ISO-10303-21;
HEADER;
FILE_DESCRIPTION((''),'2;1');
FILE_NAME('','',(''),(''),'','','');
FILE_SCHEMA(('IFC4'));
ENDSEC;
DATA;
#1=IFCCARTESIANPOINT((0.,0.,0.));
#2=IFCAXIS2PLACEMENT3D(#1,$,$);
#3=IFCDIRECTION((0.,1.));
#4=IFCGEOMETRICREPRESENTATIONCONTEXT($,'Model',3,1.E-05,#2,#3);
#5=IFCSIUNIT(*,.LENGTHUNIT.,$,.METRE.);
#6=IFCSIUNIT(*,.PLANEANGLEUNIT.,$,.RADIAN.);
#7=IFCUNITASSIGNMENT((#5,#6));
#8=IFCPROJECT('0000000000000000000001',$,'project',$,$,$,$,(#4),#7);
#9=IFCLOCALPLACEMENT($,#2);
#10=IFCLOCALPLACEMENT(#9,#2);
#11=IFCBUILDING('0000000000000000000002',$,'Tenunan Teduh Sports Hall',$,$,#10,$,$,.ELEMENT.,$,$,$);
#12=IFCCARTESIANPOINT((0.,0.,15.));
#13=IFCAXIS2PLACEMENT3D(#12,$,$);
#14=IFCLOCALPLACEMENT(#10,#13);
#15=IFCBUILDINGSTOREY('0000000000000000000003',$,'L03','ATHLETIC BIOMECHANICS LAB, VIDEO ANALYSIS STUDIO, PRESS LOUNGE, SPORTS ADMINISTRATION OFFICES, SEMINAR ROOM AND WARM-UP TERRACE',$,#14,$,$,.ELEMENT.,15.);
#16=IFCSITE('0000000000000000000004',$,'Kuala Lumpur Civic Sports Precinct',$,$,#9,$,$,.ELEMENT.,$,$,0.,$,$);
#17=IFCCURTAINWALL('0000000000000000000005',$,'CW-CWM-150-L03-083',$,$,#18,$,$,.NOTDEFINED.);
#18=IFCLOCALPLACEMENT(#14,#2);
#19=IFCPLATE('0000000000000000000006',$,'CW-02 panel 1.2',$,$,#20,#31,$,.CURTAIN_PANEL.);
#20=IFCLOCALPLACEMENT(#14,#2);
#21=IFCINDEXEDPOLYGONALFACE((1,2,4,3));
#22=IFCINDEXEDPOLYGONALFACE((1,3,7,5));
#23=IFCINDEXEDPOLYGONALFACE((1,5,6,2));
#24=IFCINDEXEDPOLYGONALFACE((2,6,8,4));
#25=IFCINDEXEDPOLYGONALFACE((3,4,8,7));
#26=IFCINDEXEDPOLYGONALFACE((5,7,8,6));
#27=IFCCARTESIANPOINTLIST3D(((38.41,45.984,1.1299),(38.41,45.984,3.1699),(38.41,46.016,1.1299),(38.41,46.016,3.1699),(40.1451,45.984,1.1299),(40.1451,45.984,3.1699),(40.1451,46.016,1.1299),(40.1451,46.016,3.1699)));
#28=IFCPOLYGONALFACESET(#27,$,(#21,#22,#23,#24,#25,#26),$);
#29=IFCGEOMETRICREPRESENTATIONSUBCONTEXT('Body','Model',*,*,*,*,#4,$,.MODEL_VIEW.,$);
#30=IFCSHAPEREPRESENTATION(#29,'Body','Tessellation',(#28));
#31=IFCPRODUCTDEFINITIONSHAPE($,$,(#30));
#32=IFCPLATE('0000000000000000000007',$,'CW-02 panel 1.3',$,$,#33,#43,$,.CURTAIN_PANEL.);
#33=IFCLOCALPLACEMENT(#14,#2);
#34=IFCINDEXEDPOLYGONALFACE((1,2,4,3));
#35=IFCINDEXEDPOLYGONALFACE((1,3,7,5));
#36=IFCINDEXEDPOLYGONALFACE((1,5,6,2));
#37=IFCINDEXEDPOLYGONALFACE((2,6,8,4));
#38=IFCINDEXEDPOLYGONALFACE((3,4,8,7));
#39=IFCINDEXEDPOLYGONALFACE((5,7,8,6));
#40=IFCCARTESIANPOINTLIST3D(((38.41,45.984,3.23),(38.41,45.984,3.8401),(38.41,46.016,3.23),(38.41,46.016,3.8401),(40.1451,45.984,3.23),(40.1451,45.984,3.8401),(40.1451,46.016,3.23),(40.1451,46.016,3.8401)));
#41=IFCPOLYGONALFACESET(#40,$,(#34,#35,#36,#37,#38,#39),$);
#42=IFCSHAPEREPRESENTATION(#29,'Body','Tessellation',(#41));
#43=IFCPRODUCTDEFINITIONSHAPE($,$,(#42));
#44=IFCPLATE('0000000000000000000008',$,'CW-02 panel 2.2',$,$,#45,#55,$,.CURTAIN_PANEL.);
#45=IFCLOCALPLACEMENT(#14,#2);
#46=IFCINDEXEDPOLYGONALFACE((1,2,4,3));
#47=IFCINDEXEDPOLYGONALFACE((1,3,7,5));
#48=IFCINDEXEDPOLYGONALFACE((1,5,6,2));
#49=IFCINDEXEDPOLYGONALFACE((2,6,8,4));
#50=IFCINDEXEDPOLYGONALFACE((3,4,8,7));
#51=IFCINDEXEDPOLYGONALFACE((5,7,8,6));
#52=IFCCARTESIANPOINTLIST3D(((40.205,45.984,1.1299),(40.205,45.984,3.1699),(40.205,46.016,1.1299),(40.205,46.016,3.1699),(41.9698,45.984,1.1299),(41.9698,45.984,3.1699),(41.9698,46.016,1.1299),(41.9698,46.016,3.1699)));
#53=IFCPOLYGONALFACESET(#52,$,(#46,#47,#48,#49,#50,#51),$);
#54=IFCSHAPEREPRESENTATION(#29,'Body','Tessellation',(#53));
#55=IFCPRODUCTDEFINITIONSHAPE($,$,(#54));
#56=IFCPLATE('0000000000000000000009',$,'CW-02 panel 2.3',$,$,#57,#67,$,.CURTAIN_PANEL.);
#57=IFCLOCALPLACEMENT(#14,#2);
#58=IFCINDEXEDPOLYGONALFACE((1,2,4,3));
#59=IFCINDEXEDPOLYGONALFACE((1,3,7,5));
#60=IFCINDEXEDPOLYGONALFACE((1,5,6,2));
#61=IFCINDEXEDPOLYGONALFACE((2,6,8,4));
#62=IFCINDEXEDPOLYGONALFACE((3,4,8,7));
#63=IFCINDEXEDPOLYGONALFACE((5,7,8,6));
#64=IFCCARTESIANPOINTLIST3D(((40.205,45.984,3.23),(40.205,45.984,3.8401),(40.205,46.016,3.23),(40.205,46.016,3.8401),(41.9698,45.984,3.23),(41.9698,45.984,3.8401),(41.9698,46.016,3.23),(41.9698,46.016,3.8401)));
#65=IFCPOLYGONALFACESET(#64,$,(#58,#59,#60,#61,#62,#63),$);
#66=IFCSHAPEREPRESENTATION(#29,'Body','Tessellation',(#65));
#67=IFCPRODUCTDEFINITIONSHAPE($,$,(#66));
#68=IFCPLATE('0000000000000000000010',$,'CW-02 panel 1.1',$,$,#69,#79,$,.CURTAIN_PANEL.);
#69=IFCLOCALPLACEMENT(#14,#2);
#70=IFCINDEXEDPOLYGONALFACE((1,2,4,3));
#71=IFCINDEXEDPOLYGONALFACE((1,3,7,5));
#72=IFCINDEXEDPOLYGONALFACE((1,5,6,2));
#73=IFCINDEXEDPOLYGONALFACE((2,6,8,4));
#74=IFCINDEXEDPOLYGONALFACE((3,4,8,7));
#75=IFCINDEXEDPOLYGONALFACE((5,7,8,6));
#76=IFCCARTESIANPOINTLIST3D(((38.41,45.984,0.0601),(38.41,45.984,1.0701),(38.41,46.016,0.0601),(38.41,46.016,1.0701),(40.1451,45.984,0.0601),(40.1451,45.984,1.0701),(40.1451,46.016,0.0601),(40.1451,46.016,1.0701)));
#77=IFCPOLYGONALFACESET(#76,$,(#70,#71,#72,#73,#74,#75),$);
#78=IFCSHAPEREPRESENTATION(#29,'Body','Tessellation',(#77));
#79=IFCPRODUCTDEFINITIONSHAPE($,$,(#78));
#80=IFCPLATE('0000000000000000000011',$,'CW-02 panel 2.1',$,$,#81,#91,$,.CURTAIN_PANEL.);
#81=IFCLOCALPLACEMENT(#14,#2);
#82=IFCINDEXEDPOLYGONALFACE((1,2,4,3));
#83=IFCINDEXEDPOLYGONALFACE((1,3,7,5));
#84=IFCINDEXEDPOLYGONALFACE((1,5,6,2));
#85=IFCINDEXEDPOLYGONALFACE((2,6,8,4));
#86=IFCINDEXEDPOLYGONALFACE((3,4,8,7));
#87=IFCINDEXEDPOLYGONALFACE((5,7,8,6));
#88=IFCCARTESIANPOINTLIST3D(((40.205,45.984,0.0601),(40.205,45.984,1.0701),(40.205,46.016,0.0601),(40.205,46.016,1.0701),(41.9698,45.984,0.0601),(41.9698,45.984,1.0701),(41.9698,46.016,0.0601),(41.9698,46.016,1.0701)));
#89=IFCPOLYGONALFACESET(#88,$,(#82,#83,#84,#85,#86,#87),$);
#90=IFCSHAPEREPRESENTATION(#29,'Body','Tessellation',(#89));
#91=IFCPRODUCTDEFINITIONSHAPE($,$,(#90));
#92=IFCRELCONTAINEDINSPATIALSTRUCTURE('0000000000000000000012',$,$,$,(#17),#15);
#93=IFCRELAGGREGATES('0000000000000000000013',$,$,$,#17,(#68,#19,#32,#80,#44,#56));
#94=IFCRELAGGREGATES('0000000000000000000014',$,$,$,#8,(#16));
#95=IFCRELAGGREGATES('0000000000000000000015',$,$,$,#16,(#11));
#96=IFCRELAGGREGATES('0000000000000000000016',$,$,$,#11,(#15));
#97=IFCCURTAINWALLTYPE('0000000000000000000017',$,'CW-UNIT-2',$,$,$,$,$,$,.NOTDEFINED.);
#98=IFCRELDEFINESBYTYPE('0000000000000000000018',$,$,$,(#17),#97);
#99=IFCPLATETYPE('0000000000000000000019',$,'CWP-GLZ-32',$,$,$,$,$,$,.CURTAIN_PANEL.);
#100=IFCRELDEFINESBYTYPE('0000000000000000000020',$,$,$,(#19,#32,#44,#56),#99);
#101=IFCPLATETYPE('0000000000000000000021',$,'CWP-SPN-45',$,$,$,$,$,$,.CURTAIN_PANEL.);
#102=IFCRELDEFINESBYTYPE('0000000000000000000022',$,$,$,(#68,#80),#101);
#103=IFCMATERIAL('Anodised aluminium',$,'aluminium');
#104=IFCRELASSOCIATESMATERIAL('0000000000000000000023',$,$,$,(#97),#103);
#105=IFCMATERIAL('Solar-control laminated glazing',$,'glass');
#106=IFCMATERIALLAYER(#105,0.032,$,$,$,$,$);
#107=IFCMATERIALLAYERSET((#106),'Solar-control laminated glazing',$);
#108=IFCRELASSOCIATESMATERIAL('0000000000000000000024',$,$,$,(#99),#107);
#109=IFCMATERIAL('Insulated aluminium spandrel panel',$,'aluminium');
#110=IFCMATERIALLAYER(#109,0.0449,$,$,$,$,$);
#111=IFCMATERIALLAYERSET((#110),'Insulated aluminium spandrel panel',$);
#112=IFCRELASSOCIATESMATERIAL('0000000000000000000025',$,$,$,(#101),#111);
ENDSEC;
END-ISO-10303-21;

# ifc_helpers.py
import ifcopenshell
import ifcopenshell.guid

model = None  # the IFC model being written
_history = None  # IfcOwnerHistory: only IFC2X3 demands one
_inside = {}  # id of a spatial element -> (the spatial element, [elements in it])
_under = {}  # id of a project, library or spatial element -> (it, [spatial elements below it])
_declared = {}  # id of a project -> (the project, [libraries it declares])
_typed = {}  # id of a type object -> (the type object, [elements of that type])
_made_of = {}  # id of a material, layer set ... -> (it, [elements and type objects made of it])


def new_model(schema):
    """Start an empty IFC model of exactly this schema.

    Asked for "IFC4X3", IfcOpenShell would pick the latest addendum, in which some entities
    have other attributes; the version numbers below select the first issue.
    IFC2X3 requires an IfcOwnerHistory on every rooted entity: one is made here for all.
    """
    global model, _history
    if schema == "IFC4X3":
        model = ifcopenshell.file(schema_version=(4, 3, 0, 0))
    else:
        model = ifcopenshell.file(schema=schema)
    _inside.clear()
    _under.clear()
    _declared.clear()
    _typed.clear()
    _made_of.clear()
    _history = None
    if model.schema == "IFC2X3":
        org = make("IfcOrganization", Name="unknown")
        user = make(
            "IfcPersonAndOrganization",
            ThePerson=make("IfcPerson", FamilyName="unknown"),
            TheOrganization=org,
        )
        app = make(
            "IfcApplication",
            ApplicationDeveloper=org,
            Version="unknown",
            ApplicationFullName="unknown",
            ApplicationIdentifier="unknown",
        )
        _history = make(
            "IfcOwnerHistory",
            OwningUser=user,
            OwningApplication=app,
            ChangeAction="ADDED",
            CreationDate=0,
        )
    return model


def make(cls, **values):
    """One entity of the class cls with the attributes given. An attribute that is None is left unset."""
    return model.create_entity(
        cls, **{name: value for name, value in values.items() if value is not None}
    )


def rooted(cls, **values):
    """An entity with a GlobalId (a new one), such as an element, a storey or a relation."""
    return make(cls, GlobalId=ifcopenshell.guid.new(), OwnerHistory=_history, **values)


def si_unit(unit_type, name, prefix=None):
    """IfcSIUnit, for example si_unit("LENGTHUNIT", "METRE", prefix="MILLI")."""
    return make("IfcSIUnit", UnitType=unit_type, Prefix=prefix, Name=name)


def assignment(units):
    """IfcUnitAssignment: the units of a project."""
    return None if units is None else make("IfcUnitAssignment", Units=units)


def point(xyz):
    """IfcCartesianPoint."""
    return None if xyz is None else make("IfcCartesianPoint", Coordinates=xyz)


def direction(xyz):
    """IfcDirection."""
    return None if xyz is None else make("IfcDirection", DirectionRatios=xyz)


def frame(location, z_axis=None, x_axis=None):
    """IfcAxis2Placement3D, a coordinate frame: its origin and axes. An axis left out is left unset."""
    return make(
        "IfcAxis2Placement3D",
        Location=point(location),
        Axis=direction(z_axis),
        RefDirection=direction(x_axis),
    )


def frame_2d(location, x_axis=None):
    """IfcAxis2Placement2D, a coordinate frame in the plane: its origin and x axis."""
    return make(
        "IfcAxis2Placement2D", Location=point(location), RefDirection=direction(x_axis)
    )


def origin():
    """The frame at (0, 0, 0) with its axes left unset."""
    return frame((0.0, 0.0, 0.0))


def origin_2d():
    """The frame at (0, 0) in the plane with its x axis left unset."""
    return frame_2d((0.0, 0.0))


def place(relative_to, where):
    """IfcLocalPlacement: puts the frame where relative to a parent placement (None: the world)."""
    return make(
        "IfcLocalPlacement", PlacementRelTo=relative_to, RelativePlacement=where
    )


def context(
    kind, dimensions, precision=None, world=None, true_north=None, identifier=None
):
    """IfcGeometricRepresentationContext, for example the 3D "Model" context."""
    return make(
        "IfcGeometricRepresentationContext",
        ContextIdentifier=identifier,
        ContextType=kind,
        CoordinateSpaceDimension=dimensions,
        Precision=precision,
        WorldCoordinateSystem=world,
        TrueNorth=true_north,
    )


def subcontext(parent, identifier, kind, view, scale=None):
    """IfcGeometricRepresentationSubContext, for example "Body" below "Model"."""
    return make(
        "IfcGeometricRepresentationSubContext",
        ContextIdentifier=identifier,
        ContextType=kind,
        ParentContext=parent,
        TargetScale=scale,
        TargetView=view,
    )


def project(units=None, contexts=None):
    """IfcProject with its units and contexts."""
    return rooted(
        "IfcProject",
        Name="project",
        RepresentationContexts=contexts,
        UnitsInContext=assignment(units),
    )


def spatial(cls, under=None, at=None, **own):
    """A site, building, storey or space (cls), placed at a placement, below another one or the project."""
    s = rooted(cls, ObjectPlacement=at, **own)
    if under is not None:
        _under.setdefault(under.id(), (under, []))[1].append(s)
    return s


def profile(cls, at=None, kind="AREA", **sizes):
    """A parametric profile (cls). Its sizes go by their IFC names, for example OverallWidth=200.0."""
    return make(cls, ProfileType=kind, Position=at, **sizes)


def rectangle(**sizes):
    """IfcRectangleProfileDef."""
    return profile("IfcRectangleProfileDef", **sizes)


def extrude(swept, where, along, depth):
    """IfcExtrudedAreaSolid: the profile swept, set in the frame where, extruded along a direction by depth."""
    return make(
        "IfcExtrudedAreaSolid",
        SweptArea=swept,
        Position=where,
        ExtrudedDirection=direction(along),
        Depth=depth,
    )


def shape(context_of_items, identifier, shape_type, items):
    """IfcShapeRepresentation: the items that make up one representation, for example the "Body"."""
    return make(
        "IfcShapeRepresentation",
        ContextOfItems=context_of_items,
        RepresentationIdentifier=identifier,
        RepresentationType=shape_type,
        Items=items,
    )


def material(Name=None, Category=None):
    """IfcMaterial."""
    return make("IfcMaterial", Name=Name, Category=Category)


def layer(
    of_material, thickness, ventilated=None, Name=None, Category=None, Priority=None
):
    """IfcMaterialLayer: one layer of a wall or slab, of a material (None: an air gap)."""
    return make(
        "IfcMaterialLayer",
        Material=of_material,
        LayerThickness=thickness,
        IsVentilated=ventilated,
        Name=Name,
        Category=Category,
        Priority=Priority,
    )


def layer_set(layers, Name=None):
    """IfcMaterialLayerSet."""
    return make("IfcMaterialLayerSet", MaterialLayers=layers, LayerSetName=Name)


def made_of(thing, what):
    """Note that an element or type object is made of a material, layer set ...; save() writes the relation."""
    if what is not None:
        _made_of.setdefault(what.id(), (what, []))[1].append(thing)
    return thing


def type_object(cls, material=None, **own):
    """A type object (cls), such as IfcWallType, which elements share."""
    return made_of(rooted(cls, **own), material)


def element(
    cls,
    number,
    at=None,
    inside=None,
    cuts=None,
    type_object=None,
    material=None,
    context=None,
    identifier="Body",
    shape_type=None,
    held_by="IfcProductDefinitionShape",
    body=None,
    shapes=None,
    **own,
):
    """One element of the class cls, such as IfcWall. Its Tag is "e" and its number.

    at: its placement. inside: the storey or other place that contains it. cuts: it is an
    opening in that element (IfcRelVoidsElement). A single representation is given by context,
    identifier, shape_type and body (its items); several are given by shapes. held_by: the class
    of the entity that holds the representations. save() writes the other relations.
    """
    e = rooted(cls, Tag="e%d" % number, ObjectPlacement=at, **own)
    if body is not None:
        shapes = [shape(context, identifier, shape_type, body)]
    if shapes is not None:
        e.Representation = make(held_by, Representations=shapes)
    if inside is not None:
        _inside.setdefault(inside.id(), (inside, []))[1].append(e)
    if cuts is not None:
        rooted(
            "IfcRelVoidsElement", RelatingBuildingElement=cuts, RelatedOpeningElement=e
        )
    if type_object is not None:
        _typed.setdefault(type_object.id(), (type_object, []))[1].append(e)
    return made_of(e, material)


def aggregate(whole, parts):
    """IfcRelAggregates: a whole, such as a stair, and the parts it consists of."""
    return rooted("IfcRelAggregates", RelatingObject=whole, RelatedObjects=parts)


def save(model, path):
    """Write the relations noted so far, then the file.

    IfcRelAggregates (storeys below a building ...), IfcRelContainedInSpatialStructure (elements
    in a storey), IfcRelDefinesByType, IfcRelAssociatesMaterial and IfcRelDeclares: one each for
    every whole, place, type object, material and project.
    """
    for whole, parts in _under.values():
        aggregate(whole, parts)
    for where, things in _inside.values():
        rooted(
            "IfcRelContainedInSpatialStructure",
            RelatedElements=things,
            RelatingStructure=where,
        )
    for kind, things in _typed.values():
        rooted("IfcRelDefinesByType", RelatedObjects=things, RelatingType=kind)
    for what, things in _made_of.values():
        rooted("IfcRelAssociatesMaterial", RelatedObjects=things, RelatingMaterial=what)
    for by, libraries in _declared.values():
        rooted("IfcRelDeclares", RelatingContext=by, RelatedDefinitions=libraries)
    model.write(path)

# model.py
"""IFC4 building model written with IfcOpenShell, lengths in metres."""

from ifc_helpers import new_model, si_unit, direction, frame, origin, origin_2d, place, context, subcontext, project, spatial, rectangle, extrude, material, layer, layer_set, type_object, element, aggregate, save


model = new_model("IFC4")

# Units and contexts
model_context = context("Model", 3, precision=1e-05, world=origin(), true_north=direction((0.0, 1.0)))
body_context = subcontext(model_context, "Body", "Model", "MODEL_VIEW")
ifc_project = project(units=[si_unit("LENGTHUNIT", "METRE"), si_unit("PLANEANGLEUNIT", "RADIAN")], contexts=[model_context])

# Site, building, storey
site_placement = place(None, origin())
site = spatial("IfcSite", under=ifc_project, at=site_placement, Name="Kuala Lumpur Civic Sports Precinct", CompositionType="ELEMENT", RefElevation=0.0)
building_placement = place(site_placement, origin())
building = spatial("IfcBuilding", under=site, at=building_placement, Name="Tenunan Teduh Sports Hall", CompositionType="ELEMENT")
storey_placement = place(building_placement, frame((0.0, 0.0, 15.0)))
storey = spatial("IfcBuildingStorey", under=building, at=storey_placement, Name="L03", Description="ATHLETIC BIOMECHANICS LAB, VIDEO ANALYSIS STUDIO, PRESS LOUNGE, SPORTS ADMINISTRATION OFFICES, SEMINAR ROOM AND WARM-UP TERRACE", CompositionType="ELEMENT", Elevation=15.0)

# Curtain wall, plates
ifc_material_1 = material(Name="Anodised aluminium", Category="aluminium")
curtain_wall_type = type_object("IfcCurtainWallType", Name="CW-UNIT-2", PredefinedType="NOTDEFINED", material=ifc_material_1)
curtain_wall_placement = place(storey_placement, origin())
curtain_wall = element("IfcCurtainWall", 1, at=curtain_wall_placement, inside=storey, type_object=curtain_wall_type, Name="CW-CWM-150-L03-083", PredefinedType="NOTDEFINED")
ifc_material_2 = material(Name="Solar-control laminated glazing", Category="glass")
ifc_layer_1 = layer(ifc_material_2, 0.032)
ifc_layer_set_1 = layer_set([ifc_layer_1], Name="Solar-control laminated glazing")
plate_type_1 = type_object("IfcPlateType", Name="CWP-GLZ-32", PredefinedType="CURTAIN_PANEL", material=ifc_layer_set_1)
plate_1_placement = place(storey_placement, frame((39.2776, 46.0, 1.1299), z_axis=(0.0, 0.0, 1.0), x_axis=(1.0, 0.0, 0.0)))
plate_1 = element("IfcPlate", 2, at=plate_1_placement, type_object=plate_type_1, Name="CW-02 panel 1.2", PredefinedType="CURTAIN_PANEL", context=body_context, shape_type="SweptSolid", body=[
    extrude(rectangle(XDim=1.7351, YDim=0.032, at=origin_2d()), origin(), (0.0, 0.0, 1.0), 2.04),
])
plate_2_placement = place(storey_placement, frame((39.2776, 46.0, 3.23), z_axis=(0.0, 0.0, 1.0), x_axis=(1.0, 0.0, 0.0)))
plate_2 = element("IfcPlate", 3, at=plate_2_placement, type_object=plate_type_1, Name="CW-02 panel 1.3", PredefinedType="CURTAIN_PANEL", context=body_context, shape_type="SweptSolid", body=[
    extrude(rectangle(XDim=1.7351, YDim=0.032, at=origin_2d()), origin(), (0.0, 0.0, 1.0), 0.6101),
])
plate_3_placement = place(storey_placement, frame((41.0874, 46.0, 1.1299), z_axis=(0.0, 0.0, 1.0), x_axis=(1.0, 0.0, 0.0)))
plate_3 = element("IfcPlate", 4, at=plate_3_placement, type_object=plate_type_1, Name="CW-02 panel 2.2", PredefinedType="CURTAIN_PANEL", context=body_context, shape_type="SweptSolid", body=[
    extrude(rectangle(XDim=1.7649, YDim=0.032, at=origin_2d()), origin(), (0.0, 0.0, 1.0), 2.04),
])
plate_4_placement = place(storey_placement, frame((41.0874, 46.0, 3.23), z_axis=(0.0, 0.0, 1.0), x_axis=(1.0, 0.0, 0.0)))
plate_4 = element("IfcPlate", 5, at=plate_4_placement, type_object=plate_type_1, Name="CW-02 panel 2.3", PredefinedType="CURTAIN_PANEL", context=body_context, shape_type="SweptSolid", body=[
    extrude(rectangle(XDim=1.7649, YDim=0.032, at=origin_2d()), origin(), (0.0, 0.0, 1.0), 0.6101),
])
ifc_material_3 = material(Name="Insulated aluminium spandrel panel", Category="aluminium")
ifc_layer_2 = layer(ifc_material_3, 0.0449)
ifc_layer_set_2 = layer_set([ifc_layer_2], Name="Insulated aluminium spandrel panel")
plate_type_2 = type_object("IfcPlateType", Name="CWP-SPN-45", PredefinedType="CURTAIN_PANEL", material=ifc_layer_set_2)
plate_5_placement = place(storey_placement, frame((39.2776, 46.0, 0.0601), z_axis=(0.0, 0.0, 1.0), x_axis=(1.0, 0.0, 0.0)))
plate_5 = element("IfcPlate", 6, at=plate_5_placement, type_object=plate_type_2, Name="CW-02 panel 1.1", PredefinedType="CURTAIN_PANEL", context=body_context, shape_type="SweptSolid", body=[
    extrude(rectangle(XDim=1.7351, YDim=0.032, at=origin_2d()), origin(), (0.0, 0.0, 1.0), 1.01),
])
plate_6_placement = place(storey_placement, frame((41.0874, 46.0, 0.0601), z_axis=(0.0, 0.0, 1.0), x_axis=(1.0, 0.0, 0.0)))
plate_6 = element("IfcPlate", 7, at=plate_6_placement, type_object=plate_type_2, Name="CW-02 panel 2.1", PredefinedType="CURTAIN_PANEL", context=body_context, shape_type="SweptSolid", body=[
    extrude(rectangle(XDim=1.7649, YDim=0.032, at=origin_2d()), origin(), (0.0, 0.0, 1.0), 1.01),
])
aggregate(curtain_wall, [plate_5, plate_1, plate_2, plate_6, plate_3, plate_4])

save(model, "model.ifc")
